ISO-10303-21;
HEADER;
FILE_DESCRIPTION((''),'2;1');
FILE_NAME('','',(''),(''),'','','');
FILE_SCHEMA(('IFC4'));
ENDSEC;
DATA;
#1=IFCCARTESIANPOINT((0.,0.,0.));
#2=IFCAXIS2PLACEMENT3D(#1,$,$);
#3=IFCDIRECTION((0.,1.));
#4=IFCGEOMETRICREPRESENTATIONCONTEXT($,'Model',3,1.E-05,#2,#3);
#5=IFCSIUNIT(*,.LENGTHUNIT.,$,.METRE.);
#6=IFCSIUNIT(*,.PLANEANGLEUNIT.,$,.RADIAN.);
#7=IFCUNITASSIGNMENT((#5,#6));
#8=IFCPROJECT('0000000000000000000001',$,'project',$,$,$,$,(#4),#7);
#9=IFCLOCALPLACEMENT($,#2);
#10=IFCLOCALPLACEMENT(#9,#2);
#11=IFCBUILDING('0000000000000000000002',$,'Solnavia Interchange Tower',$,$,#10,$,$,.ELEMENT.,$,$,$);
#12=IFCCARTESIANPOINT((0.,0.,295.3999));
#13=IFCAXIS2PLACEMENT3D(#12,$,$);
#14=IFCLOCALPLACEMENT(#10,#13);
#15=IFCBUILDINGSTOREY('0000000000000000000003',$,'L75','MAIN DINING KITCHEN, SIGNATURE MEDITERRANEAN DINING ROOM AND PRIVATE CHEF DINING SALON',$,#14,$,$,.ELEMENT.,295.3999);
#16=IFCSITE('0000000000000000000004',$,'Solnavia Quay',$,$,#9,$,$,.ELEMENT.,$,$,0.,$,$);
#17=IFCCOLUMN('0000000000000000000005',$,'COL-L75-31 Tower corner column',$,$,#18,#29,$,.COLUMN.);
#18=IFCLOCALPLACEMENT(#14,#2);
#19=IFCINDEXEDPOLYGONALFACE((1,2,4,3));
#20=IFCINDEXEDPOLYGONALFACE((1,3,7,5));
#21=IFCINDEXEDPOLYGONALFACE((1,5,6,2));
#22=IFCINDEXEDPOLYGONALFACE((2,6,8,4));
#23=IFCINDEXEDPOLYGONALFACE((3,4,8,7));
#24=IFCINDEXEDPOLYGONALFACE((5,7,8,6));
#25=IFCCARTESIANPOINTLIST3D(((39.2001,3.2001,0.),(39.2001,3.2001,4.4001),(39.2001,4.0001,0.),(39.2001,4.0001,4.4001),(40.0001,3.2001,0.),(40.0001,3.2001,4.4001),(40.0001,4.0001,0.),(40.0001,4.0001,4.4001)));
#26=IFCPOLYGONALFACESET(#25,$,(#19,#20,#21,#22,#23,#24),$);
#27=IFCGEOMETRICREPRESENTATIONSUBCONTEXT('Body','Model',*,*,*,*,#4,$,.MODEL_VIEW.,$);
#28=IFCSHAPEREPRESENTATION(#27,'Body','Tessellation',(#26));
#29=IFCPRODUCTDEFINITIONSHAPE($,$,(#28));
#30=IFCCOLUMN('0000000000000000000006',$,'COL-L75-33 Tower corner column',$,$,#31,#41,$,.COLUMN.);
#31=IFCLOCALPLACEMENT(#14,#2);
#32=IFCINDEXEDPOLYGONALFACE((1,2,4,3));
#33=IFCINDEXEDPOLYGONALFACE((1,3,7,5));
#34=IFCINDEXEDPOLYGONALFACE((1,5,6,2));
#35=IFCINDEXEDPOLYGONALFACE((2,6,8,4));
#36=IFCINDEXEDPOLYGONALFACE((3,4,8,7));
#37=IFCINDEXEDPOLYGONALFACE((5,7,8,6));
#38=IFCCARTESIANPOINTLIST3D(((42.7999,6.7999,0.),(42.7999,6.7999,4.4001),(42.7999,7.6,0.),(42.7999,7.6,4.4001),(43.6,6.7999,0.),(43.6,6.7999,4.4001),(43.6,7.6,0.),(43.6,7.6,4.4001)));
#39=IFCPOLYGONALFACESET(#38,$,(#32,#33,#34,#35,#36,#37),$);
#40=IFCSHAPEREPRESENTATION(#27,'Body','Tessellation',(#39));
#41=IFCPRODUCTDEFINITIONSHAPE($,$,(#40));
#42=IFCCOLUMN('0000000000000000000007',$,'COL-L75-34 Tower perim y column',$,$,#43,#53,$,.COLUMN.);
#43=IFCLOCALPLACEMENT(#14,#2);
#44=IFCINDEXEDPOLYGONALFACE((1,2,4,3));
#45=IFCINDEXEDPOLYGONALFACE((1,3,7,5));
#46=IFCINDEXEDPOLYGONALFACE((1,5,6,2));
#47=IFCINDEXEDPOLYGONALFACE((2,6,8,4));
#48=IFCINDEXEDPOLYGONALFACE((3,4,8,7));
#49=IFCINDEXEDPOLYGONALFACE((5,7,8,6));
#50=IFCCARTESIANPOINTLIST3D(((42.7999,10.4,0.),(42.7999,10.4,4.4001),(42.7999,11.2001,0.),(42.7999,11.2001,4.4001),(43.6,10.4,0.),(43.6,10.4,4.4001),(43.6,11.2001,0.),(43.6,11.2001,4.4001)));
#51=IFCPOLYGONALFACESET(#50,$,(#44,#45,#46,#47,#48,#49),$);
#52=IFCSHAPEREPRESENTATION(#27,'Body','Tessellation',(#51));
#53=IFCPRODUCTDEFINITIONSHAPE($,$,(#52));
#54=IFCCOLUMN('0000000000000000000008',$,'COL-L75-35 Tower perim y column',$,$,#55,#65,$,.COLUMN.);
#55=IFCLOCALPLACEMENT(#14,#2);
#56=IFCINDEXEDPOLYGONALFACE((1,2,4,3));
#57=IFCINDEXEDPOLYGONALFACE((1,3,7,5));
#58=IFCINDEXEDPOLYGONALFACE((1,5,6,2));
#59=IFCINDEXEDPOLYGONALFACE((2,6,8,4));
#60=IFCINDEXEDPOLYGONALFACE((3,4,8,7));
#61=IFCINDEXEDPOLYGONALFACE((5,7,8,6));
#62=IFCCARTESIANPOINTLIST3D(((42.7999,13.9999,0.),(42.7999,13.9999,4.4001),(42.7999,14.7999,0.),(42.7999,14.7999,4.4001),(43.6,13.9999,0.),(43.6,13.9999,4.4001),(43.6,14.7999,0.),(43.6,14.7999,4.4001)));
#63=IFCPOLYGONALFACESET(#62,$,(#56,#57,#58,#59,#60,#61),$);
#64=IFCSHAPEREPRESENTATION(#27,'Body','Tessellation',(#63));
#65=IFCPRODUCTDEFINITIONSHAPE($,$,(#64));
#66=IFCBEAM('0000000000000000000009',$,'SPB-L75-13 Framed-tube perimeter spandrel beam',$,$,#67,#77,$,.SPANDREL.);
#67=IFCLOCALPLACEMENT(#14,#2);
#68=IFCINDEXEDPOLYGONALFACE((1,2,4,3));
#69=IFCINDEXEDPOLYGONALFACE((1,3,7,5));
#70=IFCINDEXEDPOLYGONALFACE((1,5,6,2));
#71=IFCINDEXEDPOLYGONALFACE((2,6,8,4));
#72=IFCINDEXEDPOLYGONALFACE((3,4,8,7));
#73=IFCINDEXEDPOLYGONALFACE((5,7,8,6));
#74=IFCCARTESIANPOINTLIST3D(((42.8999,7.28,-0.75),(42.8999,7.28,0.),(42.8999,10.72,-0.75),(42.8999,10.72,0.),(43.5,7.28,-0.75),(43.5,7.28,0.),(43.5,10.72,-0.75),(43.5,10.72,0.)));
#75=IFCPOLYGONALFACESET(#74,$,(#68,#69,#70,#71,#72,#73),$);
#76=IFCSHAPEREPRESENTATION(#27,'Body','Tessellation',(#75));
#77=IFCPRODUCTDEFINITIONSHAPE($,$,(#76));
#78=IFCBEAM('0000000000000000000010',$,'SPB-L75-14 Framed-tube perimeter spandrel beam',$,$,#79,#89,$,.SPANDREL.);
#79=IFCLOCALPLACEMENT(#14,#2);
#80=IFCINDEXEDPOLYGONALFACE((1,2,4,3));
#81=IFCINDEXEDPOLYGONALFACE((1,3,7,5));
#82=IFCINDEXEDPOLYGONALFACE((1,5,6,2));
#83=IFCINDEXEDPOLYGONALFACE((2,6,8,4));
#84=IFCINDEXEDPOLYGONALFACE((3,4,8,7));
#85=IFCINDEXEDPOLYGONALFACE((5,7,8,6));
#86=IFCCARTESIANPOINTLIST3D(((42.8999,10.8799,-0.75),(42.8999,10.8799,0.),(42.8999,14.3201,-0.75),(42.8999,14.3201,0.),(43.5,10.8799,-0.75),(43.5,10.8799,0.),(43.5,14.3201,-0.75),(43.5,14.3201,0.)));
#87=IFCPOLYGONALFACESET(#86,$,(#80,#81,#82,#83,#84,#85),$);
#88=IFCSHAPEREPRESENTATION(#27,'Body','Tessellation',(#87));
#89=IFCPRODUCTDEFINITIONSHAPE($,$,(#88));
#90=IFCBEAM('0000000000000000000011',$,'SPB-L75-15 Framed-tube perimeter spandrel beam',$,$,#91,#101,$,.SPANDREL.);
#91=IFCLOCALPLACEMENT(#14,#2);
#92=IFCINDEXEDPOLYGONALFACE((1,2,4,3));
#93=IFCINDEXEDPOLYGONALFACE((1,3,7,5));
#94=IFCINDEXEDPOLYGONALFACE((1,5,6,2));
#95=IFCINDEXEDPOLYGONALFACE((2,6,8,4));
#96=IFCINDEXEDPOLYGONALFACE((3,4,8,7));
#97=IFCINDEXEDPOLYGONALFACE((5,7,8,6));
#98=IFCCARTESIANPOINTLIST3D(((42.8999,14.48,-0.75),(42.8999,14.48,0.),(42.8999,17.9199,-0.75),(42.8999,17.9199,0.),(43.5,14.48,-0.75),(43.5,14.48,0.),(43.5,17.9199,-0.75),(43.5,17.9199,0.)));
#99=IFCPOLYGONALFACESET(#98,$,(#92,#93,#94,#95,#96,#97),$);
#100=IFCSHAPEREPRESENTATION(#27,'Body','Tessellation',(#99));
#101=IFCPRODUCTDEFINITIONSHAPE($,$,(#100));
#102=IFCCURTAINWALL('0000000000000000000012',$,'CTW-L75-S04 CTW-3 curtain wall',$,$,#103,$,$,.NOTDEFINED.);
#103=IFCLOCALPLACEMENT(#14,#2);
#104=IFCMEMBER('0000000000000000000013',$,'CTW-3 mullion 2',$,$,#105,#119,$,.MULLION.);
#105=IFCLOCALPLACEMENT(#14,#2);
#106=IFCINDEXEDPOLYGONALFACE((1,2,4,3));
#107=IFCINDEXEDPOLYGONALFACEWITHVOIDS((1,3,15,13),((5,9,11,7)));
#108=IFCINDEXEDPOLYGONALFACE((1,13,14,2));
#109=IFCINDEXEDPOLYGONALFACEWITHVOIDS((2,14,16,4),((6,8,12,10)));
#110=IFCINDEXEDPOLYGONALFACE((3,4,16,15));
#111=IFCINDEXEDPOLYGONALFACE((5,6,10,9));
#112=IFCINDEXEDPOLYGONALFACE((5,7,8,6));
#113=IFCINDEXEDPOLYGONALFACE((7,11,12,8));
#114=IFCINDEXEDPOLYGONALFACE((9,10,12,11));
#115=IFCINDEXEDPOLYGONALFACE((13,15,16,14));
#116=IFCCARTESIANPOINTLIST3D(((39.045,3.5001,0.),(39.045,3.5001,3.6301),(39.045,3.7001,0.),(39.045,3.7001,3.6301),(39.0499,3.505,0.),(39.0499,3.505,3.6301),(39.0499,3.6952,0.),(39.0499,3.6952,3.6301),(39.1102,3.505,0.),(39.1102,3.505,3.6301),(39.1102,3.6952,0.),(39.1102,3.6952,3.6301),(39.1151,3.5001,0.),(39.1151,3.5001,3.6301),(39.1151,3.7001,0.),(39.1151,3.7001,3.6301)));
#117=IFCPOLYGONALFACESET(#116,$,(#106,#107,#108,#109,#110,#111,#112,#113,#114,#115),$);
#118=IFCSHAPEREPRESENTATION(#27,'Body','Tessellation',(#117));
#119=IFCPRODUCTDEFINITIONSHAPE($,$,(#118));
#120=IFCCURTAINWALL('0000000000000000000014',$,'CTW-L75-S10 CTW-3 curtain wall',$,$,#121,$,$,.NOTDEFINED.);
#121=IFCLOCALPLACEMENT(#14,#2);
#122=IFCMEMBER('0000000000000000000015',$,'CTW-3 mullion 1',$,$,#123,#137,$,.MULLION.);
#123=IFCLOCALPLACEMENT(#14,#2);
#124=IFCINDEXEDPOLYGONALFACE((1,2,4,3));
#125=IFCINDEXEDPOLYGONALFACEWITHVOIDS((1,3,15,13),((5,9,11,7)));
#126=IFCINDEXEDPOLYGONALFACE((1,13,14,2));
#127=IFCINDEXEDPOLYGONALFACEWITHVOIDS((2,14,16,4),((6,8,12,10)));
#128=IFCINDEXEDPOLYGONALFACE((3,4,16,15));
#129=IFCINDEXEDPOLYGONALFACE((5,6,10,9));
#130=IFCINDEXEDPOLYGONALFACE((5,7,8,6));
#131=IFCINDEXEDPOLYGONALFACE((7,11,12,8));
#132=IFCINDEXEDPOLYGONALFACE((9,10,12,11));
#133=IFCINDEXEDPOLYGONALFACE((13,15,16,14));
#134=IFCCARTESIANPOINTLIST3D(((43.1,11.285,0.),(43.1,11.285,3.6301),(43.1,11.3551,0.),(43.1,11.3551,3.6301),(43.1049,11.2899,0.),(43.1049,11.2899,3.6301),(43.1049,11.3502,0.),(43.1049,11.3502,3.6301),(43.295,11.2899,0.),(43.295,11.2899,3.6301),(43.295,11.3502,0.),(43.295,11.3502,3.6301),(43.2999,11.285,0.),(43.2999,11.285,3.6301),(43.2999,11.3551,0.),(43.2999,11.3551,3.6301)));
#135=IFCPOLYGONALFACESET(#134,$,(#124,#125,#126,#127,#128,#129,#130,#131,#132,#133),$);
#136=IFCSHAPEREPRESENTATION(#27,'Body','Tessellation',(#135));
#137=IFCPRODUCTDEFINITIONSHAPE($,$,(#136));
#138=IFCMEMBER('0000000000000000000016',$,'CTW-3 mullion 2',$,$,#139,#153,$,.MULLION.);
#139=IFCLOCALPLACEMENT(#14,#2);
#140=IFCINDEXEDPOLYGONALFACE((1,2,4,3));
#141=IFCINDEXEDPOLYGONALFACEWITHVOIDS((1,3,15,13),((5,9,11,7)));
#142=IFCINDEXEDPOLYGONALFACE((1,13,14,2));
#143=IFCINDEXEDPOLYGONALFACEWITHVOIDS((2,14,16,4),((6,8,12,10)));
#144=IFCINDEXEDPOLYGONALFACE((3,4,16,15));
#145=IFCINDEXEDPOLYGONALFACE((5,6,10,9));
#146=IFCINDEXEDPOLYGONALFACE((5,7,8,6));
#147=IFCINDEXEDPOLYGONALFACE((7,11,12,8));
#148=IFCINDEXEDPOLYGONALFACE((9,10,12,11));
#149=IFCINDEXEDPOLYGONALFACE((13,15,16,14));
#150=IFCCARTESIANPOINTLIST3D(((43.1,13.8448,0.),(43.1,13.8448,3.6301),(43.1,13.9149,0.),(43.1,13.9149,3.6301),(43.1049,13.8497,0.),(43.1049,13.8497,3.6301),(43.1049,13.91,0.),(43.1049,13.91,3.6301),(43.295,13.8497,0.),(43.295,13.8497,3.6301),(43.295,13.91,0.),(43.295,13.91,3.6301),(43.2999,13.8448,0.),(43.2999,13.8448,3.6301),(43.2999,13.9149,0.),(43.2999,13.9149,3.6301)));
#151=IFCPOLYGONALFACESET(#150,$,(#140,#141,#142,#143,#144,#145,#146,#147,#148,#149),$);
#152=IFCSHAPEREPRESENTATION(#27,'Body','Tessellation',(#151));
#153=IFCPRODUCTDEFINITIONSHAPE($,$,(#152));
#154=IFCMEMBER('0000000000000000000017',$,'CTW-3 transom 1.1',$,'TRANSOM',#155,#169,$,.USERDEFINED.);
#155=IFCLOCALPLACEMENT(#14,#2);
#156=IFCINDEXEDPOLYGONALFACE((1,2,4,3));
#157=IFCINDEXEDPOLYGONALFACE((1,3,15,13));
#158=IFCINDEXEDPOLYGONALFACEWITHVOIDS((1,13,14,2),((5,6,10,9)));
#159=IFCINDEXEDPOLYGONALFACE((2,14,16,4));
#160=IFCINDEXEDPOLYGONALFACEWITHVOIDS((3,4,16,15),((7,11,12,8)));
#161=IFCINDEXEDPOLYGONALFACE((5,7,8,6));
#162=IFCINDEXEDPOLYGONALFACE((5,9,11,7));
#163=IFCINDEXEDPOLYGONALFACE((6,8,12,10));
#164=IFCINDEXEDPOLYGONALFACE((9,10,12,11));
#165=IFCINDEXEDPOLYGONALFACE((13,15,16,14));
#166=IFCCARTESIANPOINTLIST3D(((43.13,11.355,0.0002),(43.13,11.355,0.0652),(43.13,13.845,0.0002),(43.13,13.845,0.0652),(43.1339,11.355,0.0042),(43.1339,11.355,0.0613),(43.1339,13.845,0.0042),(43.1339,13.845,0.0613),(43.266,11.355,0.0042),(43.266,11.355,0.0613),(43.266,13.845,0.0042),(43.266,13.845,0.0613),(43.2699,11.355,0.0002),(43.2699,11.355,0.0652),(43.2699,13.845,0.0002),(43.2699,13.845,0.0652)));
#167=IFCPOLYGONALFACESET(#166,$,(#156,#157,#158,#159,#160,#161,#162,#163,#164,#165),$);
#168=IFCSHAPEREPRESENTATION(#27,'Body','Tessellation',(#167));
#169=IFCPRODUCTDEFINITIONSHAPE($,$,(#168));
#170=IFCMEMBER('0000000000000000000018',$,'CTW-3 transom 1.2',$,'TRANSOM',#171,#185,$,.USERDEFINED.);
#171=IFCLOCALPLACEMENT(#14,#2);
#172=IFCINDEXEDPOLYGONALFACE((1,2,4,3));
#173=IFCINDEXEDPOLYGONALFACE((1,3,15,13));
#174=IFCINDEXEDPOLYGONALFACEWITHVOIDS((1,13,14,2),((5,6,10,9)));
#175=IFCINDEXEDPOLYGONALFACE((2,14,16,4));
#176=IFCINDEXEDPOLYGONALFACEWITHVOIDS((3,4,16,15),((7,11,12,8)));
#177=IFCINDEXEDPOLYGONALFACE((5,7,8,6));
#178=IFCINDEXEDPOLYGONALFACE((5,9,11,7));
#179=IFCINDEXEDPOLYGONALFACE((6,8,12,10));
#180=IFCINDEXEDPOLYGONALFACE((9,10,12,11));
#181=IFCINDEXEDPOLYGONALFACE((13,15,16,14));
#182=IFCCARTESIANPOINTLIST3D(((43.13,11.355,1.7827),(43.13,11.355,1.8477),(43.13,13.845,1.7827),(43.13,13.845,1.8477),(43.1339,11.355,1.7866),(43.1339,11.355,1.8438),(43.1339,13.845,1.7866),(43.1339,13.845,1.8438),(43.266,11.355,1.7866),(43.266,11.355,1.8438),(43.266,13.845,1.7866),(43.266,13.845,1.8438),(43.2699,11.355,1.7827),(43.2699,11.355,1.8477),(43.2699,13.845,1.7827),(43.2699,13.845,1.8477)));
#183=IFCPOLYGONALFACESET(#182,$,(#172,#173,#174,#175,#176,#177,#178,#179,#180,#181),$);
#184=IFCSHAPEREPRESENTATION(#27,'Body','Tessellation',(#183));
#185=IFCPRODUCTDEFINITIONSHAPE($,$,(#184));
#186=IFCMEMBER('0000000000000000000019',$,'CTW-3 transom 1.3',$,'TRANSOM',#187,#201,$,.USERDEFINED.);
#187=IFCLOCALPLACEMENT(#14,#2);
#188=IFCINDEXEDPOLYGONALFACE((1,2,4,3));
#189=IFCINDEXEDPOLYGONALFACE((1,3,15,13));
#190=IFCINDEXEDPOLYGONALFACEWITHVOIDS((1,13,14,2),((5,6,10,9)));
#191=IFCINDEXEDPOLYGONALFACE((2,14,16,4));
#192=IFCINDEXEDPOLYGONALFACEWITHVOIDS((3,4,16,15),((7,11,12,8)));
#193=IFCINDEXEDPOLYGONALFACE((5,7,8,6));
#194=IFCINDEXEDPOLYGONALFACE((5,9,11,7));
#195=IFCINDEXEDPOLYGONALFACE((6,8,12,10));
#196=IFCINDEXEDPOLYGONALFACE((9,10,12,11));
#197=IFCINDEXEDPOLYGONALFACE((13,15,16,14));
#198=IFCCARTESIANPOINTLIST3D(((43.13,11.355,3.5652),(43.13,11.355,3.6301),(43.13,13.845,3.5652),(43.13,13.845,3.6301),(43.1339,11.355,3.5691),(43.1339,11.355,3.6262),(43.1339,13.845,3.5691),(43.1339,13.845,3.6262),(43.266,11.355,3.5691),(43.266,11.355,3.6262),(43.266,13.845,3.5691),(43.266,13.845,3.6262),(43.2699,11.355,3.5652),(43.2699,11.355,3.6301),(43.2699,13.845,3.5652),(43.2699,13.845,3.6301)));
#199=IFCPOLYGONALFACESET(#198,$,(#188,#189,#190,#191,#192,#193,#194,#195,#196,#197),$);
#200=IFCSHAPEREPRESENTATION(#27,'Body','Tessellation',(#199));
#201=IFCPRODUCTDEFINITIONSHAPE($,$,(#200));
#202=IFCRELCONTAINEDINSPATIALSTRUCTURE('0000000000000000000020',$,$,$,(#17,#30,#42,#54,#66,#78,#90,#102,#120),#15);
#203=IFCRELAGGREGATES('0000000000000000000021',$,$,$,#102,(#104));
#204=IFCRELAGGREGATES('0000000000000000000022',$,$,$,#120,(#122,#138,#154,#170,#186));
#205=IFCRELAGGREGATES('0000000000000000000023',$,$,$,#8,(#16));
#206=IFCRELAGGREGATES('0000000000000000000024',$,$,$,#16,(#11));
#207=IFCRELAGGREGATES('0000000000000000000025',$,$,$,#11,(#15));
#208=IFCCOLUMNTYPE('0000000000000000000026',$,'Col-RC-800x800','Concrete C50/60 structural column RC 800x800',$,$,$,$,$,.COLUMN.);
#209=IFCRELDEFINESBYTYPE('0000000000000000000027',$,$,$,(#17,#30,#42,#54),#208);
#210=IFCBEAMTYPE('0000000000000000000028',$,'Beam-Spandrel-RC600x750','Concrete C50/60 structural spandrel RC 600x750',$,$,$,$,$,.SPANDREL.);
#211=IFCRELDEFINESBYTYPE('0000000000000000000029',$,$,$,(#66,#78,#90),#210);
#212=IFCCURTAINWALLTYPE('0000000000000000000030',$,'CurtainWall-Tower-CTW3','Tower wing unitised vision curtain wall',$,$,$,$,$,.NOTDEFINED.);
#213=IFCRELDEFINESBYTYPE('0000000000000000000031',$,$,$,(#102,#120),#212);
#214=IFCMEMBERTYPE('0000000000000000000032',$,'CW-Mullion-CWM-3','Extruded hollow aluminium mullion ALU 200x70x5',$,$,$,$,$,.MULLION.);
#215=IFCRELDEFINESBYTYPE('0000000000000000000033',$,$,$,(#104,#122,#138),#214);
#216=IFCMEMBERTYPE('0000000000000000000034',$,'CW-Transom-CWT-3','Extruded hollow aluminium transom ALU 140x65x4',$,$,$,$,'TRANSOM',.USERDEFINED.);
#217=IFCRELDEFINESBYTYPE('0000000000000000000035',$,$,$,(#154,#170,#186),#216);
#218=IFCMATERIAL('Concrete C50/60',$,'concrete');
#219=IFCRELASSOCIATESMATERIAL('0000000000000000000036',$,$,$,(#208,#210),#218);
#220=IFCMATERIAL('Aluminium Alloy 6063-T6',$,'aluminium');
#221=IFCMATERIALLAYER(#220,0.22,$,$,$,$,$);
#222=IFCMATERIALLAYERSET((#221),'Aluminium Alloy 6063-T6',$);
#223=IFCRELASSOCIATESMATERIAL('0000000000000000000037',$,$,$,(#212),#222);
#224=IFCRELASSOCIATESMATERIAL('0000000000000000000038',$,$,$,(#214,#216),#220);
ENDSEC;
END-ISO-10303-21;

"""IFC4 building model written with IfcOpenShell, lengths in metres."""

from ifc_helpers import new_model, si_unit, direction, frame, origin, origin_2d, place, context, subcontext, project, spatial, rectangle, hollow_rectangle, extrude, material, layer, layer_set, material_profile, profile_set, type_object, element, aggregate, save


model = new_model("IFC4")

# Units and contexts
model_context = context("Model", 3, precision=1e-05, world=origin(), true_north=direction((0.0, 1.0)))
body_context = subcontext(model_context, "Body", "Model", "MODEL_VIEW")
ifc_project = project(units=[si_unit("LENGTHUNIT", "METRE"), si_unit("PLANEANGLEUNIT", "RADIAN")], contexts=[model_context])

# Site, building, storey
site_placement = place(None, origin())
site = spatial("IfcSite", under=ifc_project, at=site_placement, Name="Solnavia Quay", CompositionType="ELEMENT", RefElevation=0.0)
building_placement = place(site_placement, origin())
building = spatial("IfcBuilding", under=site, at=building_placement, Name="Solnavia Interchange Tower", CompositionType="ELEMENT")
storey_placement = place(building_placement, frame((0.0, 0.0, 295.3999)))
storey = spatial("IfcBuildingStorey", under=building, at=storey_placement, Name="L75", Description="MAIN DINING KITCHEN, SIGNATURE MEDITERRANEAN DINING ROOM AND PRIVATE CHEF DINING SALON", CompositionType="ELEMENT", Elevation=295.3999)

# Columns
ifc_material_1 = material(Name="Concrete C50/60", Category="concrete")
ifc_material_profile_1 = material_profile(ifc_material_1, rectangle(XDim=0.8, YDim=0.8, at=origin_2d()), Name="RC 800x800")
ifc_profile_set_1 = profile_set([ifc_material_profile_1], Name="Concrete C50/60")
column_type = type_object("IfcColumnType", Name="Col-RC-800x800", Description="Concrete C50/60 structural column RC 800x800", PredefinedType="COLUMN", material=ifc_profile_set_1)
for number, where, z_axis, x_axis, name in (
    (1, (39.6001, 3.6001, 0.0), (0.0, 0.0, 1.0), (1.0, 0.0, 0.0), "COL-L75-31 Tower corner column"),
    (2, (43.2, 7.2, 0.0), (0.0, 0.0, 1.0), (1.0, 0.0, 0.0), "COL-L75-33 Tower corner column"),
    (3, (43.2, 10.8, 0.0), (0.0, 0.0, 1.0), (0.0, 1.0, 0.0), "COL-L75-34 Tower perim y column"),
    (4, (43.2, 14.3999, 0.0), (0.0, 0.0, 1.0), (0.0, 1.0, 0.0), "COL-L75-35 Tower perim y column"),
):
    element("IfcColumn", number, at=place(storey_placement, frame(where, z_axis=z_axis, x_axis=x_axis)), inside=storey, type_object=column_type, Name=name, PredefinedType="COLUMN", context=body_context, shape_type="SweptSolid", body=[
        extrude(rectangle(XDim=0.8, YDim=0.8, at=origin_2d()), origin(), (0.0, 0.0, 1.0), 4.4001),
    ])

# Beams
ifc_material_profile_2 = material_profile(ifc_material_1, rectangle(XDim=0.6001, YDim=0.75, at=origin_2d()), Name="RC 600x750")
ifc_profile_set_2 = profile_set([ifc_material_profile_2], Name="Concrete C50/60")
beam_type = type_object("IfcBeamType", Name="Beam-Spandrel-RC600x750", Description="Concrete C50/60 structural spandrel RC 600x750", PredefinedType="SPANDREL", material=ifc_profile_set_2)
beam_1_placement = place(storey_placement, frame((43.2, 7.28, -0.375), z_axis=(0.0, 1.0, 0.0), x_axis=(-1.0, 0.0, 0.0)))
element("IfcBeam", 5, at=beam_1_placement, inside=storey, type_object=beam_type, Name="SPB-L75-13 Framed-tube perimeter spandrel beam", PredefinedType="SPANDREL", context=body_context, shape_type="SweptSolid", body=[
    extrude(rectangle(XDim=0.6001, YDim=0.75, at=origin_2d()), origin(), (0.0, 0.0, 1.0), 3.4399),
])
beam_2_placement = place(storey_placement, frame((43.2, 10.8799, -0.375), z_axis=(0.0, 1.0, 0.0), x_axis=(-1.0, 0.0, 0.0)))
element("IfcBeam", 6, at=beam_2_placement, inside=storey, type_object=beam_type, Name="SPB-L75-14 Framed-tube perimeter spandrel beam", PredefinedType="SPANDREL", context=body_context, shape_type="SweptSolid", body=[
    extrude(rectangle(XDim=0.6001, YDim=0.75, at=origin_2d()), origin(), (0.0, 0.0, 1.0), 3.4402),
])
beam_3_placement = place(storey_placement, frame((43.2, 14.48, -0.375), z_axis=(0.0, 1.0, 0.0), x_axis=(-1.0, 0.0, 0.0)))
element("IfcBeam", 7, at=beam_3_placement, inside=storey, type_object=beam_type, Name="SPB-L75-15 Framed-tube perimeter spandrel beam", PredefinedType="SPANDREL", context=body_context, shape_type="SweptSolid", body=[
    extrude(rectangle(XDim=0.6001, YDim=0.75, at=origin_2d()), origin(), (0.0, 0.0, 1.0), 3.4399),
])

# Curtain wall, member
ifc_material_2 = material(Name="Aluminium Alloy 6063-T6", Category="aluminium")
ifc_layer_1 = layer(ifc_material_2, 0.22)
ifc_layer_set_1 = layer_set([ifc_layer_1], Name="Aluminium Alloy 6063-T6")
curtain_wall_type = type_object("IfcCurtainWallType", Name="CurtainWall-Tower-CTW3", Description="Tower wing unitised vision curtain wall", PredefinedType="NOTDEFINED", material=ifc_layer_set_1)
curtain_wall_1_placement = place(storey_placement, origin())
curtain_wall_1 = element("IfcCurtainWall", 8, at=curtain_wall_1_placement, inside=storey, type_object=curtain_wall_type, Name="CTW-L75-S04 CTW-3 curtain wall", PredefinedType="NOTDEFINED")
ifc_material_profile_3 = material_profile(ifc_material_2, hollow_rectangle(XDim=0.0701, YDim=0.2, WallThickness=0.0049, at=origin_2d()), Name="ALU 200x70x5")
ifc_profile_set_3 = profile_set([ifc_material_profile_3], Name="Aluminium Alloy 6063-T6")
member_type_1 = type_object("IfcMemberType", Name="CW-Mullion-CWM-3", Description="Extruded hollow aluminium mullion ALU 200x70x5", PredefinedType="MULLION", material=ifc_profile_set_3)
member_1_placement = place(storey_placement, frame((39.0801, 3.6001, 0.0), z_axis=(0.0, 0.0, 1.0), x_axis=(1.0, 0.0, 0.0)))
member_1 = element("IfcMember", 9, at=member_1_placement, type_object=member_type_1, Name="CTW-3 mullion 2", PredefinedType="MULLION", context=body_context, shape_type="SweptSolid", body=[
    extrude(hollow_rectangle(XDim=0.0701, YDim=0.2, WallThickness=0.0049, at=origin_2d()), origin(), (0.0, 0.0, 1.0), 3.6301),
])
aggregate(curtain_wall_1, [member_1])

# Curtain wall, members
curtain_wall_2_placement = place(storey_placement, origin())
curtain_wall_2 = element("IfcCurtainWall", 10, at=curtain_wall_2_placement, inside=storey, type_object=curtain_wall_type, Name="CTW-L75-S10 CTW-3 curtain wall", PredefinedType="NOTDEFINED")
member_2_placement = place(storey_placement, frame((43.2, 11.3201, 0.0), z_axis=(0.0, 0.0, 1.0), x_axis=(0.0, 1.0, 0.0)))
member_2 = element("IfcMember", 11, at=member_2_placement, type_object=member_type_1, Name="CTW-3 mullion 1", PredefinedType="MULLION", context=body_context, shape_type="SweptSolid", body=[
    extrude(hollow_rectangle(XDim=0.0701, YDim=0.2, WallThickness=0.0049, at=origin_2d()), origin(), (0.0, 0.0, 1.0), 3.6301),
])
member_3_placement = place(storey_placement, frame((43.2, 13.8799, 0.0), z_axis=(0.0, 0.0, 1.0), x_axis=(0.0, 1.0, 0.0)))
member_3 = element("IfcMember", 12, at=member_3_placement, type_object=member_type_1, Name="CTW-3 mullion 2", PredefinedType="MULLION", context=body_context, shape_type="SweptSolid", body=[
    extrude(hollow_rectangle(XDim=0.0701, YDim=0.2, WallThickness=0.0049, at=origin_2d()), origin(), (0.0, 0.0, 1.0), 3.6301),
])
ifc_material_profile_4 = material_profile(ifc_material_2, hollow_rectangle(XDim=0.0649, YDim=0.1399, WallThickness=0.0039, at=origin_2d()), Name="ALU 140x65x4")
ifc_profile_set_4 = profile_set([ifc_material_profile_4], Name="Aluminium Alloy 6063-T6")
member_type_2 = type_object("IfcMemberType", Name="CW-Transom-CWT-3", Description="Extruded hollow aluminium transom ALU 140x65x4", ElementType="TRANSOM", PredefinedType="USERDEFINED", material=ifc_profile_set_4)
member_4_placement = place(storey_placement, frame((43.2, 11.355, 0.0327), z_axis=(0.0, 1.0, 0.0), x_axis=(0.0, 0.0, 1.0)))
member_4 = element("IfcMember", 13, at=member_4_placement, type_object=member_type_2, Name="CTW-3 transom 1.1", ObjectType="TRANSOM", PredefinedType="USERDEFINED", context=body_context, shape_type="SweptSolid", body=[
    extrude(hollow_rectangle(XDim=0.0649, YDim=0.1399, WallThickness=0.0039, at=origin_2d()), origin(), (0.0, 0.0, 1.0), 2.49),
])
member_5_placement = place(storey_placement, frame((43.2, 11.355, 1.8152), z_axis=(0.0, 1.0, 0.0), x_axis=(0.0, 0.0, 1.0)))
member_5 = element("IfcMember", 14, at=member_5_placement, type_object=member_type_2, Name="CTW-3 transom 1.2", ObjectType="TRANSOM", PredefinedType="USERDEFINED", context=body_context, shape_type="SweptSolid", body=[
    extrude(hollow_rectangle(XDim=0.0649, YDim=0.1399, WallThickness=0.0039, at=origin_2d()), origin(), (0.0, 0.0, 1.0), 2.49),
])
member_6_placement = place(storey_placement, frame((43.2, 11.355, 3.5977), z_axis=(0.0, 1.0, 0.0), x_axis=(0.0, 0.0, 1.0)))
member_6 = element("IfcMember", 15, at=member_6_placement, type_object=member_type_2, Name="CTW-3 transom 1.3", ObjectType="TRANSOM", PredefinedType="USERDEFINED", context=body_context, shape_type="SweptSolid", body=[
    extrude(hollow_rectangle(XDim=0.0649, YDim=0.1399, WallThickness=0.0039, at=origin_2d()), origin(), (0.0, 0.0, 1.0), 2.49),
])
aggregate(curtain_wall_2, [member_2, member_3, member_4, member_5, member_6])

save(model, "model.ifc")
